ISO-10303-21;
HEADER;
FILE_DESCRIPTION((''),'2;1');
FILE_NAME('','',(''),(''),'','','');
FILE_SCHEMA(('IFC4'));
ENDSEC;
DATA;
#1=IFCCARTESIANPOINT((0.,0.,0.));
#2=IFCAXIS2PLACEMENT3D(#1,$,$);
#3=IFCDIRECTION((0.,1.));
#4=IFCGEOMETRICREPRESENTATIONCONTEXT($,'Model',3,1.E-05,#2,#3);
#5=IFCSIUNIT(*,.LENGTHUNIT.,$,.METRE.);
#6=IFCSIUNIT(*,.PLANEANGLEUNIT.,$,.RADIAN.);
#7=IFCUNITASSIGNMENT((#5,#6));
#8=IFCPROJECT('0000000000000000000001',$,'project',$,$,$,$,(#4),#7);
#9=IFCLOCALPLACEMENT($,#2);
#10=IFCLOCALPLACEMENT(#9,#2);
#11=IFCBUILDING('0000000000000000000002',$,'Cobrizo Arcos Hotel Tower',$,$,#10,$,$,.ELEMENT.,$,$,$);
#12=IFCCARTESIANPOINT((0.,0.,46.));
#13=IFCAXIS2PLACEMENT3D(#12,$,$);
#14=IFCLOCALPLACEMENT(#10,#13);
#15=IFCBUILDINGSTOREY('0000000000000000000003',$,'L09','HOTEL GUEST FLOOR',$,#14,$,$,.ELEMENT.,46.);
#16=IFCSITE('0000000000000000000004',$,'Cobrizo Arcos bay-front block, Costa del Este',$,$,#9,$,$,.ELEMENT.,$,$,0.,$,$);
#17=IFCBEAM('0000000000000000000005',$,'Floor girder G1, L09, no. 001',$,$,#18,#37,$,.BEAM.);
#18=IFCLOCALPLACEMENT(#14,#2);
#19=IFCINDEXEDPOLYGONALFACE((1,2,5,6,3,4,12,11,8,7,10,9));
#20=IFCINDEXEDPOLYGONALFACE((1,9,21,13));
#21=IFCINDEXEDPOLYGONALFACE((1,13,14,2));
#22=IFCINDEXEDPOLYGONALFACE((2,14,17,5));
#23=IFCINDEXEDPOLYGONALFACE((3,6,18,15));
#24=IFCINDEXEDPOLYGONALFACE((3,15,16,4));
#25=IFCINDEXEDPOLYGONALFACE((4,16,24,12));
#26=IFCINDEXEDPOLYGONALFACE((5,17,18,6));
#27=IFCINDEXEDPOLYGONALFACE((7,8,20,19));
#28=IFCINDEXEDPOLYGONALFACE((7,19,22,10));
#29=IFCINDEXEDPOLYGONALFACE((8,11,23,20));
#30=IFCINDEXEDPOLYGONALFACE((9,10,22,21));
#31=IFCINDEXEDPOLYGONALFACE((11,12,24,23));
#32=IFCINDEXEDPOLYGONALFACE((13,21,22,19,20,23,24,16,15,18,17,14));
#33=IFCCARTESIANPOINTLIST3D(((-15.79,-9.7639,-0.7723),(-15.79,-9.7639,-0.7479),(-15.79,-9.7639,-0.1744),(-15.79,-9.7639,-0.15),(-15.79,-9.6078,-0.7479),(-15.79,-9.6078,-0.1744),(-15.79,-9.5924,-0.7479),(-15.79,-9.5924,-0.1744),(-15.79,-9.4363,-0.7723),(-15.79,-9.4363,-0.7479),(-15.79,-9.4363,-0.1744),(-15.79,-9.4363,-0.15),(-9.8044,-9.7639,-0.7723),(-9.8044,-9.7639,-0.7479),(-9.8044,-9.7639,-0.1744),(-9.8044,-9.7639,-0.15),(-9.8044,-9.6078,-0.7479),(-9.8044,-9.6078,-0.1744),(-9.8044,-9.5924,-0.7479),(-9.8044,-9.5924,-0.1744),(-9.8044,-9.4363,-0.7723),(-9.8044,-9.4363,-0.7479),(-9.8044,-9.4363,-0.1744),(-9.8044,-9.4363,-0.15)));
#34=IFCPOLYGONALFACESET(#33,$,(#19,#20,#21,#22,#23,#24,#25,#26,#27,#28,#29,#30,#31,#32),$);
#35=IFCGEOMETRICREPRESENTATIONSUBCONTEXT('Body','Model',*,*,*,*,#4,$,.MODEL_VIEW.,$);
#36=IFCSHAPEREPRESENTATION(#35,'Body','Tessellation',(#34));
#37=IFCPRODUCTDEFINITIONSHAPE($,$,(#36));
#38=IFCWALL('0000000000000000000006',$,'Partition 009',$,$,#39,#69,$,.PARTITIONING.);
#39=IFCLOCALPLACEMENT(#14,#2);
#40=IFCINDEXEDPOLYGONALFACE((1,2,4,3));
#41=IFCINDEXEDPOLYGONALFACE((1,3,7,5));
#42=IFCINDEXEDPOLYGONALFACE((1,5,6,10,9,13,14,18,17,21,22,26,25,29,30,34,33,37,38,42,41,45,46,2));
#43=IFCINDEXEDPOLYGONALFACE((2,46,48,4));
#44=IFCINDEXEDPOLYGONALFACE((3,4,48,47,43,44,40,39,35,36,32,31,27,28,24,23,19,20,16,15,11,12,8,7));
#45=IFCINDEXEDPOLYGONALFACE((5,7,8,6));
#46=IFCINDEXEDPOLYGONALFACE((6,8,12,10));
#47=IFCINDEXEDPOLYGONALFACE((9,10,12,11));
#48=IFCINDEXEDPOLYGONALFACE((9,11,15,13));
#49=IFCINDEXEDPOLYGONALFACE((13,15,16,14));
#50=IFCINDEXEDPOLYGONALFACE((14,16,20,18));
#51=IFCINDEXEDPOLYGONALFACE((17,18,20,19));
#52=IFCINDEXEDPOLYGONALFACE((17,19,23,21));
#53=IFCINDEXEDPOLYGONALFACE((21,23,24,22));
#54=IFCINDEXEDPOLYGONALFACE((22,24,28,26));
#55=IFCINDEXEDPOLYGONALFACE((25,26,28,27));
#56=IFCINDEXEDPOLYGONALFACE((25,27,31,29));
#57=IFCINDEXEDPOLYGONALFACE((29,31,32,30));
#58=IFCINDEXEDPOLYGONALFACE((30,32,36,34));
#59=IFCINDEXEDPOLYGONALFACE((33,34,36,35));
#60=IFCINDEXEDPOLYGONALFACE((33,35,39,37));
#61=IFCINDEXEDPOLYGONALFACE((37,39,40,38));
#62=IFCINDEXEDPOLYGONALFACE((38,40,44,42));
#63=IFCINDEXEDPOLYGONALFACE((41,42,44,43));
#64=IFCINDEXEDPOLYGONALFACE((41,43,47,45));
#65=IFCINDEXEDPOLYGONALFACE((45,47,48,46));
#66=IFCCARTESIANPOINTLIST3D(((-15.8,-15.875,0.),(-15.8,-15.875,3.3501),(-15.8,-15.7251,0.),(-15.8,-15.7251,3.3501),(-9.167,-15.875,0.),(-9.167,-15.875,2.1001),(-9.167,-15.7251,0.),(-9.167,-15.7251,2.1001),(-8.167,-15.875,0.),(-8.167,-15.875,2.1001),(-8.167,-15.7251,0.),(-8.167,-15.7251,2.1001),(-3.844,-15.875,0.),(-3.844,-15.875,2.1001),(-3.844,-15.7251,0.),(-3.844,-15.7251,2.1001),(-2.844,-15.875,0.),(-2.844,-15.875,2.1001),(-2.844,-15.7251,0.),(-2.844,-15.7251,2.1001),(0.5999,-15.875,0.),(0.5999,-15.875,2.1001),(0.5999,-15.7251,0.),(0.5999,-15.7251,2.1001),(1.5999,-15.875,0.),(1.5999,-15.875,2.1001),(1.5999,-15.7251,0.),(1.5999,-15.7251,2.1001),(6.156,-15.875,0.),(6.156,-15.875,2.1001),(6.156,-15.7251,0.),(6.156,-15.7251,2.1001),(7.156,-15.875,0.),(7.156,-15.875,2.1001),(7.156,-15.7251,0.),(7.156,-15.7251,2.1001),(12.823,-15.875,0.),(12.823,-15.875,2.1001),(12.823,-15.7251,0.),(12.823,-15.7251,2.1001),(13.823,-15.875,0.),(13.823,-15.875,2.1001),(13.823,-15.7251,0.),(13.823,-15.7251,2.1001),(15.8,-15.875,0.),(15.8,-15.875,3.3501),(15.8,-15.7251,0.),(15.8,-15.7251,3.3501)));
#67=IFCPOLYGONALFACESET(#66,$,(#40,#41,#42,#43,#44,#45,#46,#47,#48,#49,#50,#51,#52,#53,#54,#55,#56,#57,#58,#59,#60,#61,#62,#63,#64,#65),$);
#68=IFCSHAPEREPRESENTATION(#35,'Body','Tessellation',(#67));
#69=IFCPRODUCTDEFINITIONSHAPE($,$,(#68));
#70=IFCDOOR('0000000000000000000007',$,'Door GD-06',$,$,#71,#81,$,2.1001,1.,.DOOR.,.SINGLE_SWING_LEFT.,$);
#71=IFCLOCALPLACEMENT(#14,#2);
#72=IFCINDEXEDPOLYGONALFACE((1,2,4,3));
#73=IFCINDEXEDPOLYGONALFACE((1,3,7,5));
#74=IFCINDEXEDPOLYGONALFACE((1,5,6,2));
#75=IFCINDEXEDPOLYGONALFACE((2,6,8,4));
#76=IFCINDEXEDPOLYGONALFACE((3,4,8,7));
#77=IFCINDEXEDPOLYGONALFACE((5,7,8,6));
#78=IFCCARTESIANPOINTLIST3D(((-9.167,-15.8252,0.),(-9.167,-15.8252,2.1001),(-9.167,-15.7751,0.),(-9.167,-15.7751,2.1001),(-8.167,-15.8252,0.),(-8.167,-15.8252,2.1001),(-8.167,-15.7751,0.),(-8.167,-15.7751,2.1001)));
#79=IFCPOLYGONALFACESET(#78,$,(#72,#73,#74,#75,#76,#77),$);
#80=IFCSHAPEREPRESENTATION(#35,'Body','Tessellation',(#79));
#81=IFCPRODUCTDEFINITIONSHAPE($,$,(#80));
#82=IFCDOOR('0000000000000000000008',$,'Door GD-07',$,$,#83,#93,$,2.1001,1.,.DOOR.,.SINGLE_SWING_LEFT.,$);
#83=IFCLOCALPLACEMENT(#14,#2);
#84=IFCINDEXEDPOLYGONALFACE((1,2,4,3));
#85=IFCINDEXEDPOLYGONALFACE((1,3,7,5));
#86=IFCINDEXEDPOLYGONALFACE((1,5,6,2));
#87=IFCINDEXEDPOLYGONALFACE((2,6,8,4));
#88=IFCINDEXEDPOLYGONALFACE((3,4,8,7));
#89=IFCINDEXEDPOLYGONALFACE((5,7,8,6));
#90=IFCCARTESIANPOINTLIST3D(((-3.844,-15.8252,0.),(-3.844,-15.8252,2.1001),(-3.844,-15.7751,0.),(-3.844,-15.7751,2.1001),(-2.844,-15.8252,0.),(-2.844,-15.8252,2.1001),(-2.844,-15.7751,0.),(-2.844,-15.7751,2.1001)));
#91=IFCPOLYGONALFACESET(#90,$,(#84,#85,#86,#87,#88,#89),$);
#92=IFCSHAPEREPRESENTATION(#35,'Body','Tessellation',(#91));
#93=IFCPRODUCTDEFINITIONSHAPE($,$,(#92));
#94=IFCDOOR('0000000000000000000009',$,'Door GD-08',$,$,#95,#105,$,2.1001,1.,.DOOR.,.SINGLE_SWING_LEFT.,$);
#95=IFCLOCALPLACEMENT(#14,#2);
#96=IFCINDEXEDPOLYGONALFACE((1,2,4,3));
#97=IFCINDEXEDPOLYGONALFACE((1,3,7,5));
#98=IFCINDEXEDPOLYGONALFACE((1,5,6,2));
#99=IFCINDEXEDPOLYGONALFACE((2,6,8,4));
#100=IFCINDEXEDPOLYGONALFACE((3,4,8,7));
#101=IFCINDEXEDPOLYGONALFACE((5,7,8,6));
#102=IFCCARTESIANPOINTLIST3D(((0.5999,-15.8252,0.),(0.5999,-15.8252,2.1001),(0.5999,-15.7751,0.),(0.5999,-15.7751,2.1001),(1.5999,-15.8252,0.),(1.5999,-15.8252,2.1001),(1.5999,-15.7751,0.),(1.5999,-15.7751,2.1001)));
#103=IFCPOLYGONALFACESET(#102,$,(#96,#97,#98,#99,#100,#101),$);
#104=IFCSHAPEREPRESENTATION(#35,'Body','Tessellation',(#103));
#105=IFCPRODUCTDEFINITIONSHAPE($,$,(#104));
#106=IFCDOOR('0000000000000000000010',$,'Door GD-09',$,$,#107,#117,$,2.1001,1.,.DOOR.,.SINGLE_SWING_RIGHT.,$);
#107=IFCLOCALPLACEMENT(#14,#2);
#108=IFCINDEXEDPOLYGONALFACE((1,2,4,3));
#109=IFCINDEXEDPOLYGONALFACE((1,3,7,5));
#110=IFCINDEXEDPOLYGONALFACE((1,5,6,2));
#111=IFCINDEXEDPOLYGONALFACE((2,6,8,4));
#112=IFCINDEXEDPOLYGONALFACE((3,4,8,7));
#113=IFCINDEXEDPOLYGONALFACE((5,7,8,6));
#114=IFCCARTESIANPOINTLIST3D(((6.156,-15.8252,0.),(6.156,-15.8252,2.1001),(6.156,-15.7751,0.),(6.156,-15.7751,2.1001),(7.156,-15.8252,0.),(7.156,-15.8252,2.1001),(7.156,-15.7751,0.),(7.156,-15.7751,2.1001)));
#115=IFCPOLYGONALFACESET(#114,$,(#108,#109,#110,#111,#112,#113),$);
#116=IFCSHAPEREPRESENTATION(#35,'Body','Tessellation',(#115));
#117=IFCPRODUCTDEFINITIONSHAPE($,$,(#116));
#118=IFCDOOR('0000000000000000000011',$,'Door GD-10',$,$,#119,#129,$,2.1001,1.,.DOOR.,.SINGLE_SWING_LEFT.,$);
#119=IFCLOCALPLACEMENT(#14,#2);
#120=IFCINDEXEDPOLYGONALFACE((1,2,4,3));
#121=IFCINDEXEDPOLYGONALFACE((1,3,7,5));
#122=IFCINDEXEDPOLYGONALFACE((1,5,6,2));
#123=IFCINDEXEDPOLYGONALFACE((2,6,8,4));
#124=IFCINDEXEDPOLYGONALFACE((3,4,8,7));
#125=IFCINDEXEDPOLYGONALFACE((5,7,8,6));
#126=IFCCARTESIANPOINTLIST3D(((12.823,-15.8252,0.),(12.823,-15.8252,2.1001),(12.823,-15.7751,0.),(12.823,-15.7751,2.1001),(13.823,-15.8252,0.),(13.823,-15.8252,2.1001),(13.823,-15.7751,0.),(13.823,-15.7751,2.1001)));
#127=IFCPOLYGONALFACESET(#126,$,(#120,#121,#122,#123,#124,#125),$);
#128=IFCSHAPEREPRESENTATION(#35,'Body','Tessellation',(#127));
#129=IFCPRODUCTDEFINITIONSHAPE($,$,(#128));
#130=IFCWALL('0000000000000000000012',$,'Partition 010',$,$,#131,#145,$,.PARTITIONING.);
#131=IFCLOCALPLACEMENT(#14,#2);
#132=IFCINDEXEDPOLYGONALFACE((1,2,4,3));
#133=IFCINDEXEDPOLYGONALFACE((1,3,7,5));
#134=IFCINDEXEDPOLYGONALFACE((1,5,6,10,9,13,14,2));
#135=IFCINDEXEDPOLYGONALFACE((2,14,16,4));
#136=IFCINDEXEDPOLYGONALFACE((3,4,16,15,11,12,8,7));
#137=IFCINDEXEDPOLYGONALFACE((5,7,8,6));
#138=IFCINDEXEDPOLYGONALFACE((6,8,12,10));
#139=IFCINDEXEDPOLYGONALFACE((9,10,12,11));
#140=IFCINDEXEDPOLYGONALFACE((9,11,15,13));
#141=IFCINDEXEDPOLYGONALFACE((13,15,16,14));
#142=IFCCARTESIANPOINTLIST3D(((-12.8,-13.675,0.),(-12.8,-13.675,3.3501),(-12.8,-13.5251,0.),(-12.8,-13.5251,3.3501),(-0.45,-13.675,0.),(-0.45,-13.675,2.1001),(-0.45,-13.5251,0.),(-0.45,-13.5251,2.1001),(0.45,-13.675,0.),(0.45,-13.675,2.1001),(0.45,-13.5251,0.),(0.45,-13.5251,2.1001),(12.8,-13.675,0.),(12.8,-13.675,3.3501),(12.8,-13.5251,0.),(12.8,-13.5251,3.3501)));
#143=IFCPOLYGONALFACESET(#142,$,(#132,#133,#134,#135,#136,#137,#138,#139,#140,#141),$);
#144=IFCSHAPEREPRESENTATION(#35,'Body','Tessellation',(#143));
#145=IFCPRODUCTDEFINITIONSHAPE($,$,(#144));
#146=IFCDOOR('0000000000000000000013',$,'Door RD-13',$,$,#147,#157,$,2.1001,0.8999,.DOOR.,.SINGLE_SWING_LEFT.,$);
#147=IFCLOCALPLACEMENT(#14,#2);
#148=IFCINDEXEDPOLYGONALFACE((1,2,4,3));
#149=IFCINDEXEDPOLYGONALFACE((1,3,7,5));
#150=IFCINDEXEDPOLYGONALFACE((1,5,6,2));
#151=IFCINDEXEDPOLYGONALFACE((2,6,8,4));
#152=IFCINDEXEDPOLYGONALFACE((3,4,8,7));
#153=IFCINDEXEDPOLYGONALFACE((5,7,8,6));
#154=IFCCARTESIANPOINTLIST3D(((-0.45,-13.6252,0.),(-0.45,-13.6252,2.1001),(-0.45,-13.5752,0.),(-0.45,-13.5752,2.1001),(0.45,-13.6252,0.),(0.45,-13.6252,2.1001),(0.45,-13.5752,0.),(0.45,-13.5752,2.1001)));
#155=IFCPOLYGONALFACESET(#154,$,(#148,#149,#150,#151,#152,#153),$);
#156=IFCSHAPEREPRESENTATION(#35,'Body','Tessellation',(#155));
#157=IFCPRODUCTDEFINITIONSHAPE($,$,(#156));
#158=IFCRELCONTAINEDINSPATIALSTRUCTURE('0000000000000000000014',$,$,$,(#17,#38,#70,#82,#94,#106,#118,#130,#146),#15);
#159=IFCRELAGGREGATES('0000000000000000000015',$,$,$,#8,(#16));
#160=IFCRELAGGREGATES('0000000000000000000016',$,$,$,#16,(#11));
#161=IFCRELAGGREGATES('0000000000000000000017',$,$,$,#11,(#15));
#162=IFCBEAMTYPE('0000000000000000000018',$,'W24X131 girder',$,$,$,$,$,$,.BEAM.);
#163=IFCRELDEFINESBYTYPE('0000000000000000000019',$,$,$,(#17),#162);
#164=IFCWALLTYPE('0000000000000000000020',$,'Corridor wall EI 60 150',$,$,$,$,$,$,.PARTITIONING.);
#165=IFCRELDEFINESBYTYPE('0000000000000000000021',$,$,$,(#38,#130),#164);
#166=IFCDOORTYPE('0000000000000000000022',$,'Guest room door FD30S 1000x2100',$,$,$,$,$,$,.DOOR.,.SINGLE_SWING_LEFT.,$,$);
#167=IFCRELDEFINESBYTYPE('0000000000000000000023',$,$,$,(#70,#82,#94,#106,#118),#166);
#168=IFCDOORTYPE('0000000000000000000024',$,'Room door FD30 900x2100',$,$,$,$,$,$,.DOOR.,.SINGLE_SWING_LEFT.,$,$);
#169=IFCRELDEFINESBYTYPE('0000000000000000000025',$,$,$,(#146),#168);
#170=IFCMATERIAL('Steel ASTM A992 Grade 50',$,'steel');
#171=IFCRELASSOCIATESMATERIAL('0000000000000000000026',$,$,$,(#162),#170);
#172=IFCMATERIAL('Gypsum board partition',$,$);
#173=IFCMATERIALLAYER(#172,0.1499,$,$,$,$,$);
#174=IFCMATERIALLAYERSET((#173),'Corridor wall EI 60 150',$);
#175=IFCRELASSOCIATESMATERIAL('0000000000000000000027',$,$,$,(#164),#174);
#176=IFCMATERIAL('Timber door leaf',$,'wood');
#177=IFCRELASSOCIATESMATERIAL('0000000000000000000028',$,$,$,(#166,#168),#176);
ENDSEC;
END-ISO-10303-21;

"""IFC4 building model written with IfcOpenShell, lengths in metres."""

from ifc_helpers import new_model, si_unit, direction, frame, frame_2d, origin, origin_2d, place, context, subcontext, project, spatial, rectangle, i_section, extrude, material, layer, layer_set, material_profile, profile_set, type_object, element, fill, save


model = new_model("IFC4")

# Units and contexts
model_context = context("Model", 3, precision=1e-05, world=origin(), true_north=direction((0.0, 1.0)))
body_context = subcontext(model_context, "Body", "Model", "MODEL_VIEW")
ifc_project = project(units=[si_unit("LENGTHUNIT", "METRE"), si_unit("PLANEANGLEUNIT", "RADIAN")], contexts=[model_context])

# Site, building, storey
site_placement = place(None, origin())
site = spatial("IfcSite", under=ifc_project, at=site_placement, Name="Cobrizo Arcos bay-front block, Costa del Este", CompositionType="ELEMENT", RefElevation=0.0)
building_placement = place(site_placement, origin())
building = spatial("IfcBuilding", under=site, at=building_placement, Name="Cobrizo Arcos Hotel Tower", CompositionType="ELEMENT")
storey_placement = place(building_placement, frame((0.0, 0.0, 46.0)))
storey = spatial("IfcBuildingStorey", under=building, at=storey_placement, Name="L09", Description="HOTEL GUEST FLOOR", CompositionType="ELEMENT", Elevation=46.0)

# Beam
ifc_material_1 = material(Name="Steel ASTM A992 Grade 50", Category="steel")
ifc_material_profile = material_profile(ifc_material_1, i_section(OverallWidth=0.3276, OverallDepth=0.6223, WebThickness=0.0154, FlangeThickness=0.0244, at=origin_2d()), Name="W24X131")
ifc_profile_set = profile_set([ifc_material_profile], Name="Steel ASTM A992 Grade 50")
beam_type = type_object("IfcBeamType", Name="W24X131 girder", PredefinedType="BEAM", material=ifc_profile_set)
beam_placement = place(storey_placement, frame((-15.79, -9.6001, -0.4612), z_axis=(1.0, 0.0, 0.0), x_axis=(0.0, 1.0, 0.0)))
element("IfcBeam", 1, at=beam_placement, inside=storey, type_object=beam_type, Name="Floor girder G1, L09, no. 001", PredefinedType="BEAM", context=body_context, shape_type="SweptSolid", body=[
    extrude(i_section(OverallWidth=0.3276, OverallDepth=0.6223, WebThickness=0.0154, FlangeThickness=0.0244, at=origin_2d()), origin(), (0.0, 0.0, 1.0), 5.9856),
])

# Wall, openings, doors
ifc_material_2 = material(Name="Gypsum board partition")
ifc_layer_1 = layer(ifc_material_2, 0.1499)
ifc_layer_set_1 = layer_set([ifc_layer_1], Name="Corridor wall EI 60 150")
wall_type_1 = type_object("IfcWallType", Name="Corridor wall EI 60 150", PredefinedType="PARTITIONING", material=ifc_layer_set_1)
wall_1_placement = place(storey_placement, frame((-15.8, -15.8, 0.0), z_axis=(0.0, 0.0, 1.0), x_axis=(1.0, 0.0, 0.0)))
wall_1 = element("IfcWall", 2, at=wall_1_placement, inside=storey, type_object=wall_type_1, Name="Partition 009", PredefinedType="PARTITIONING", context=body_context, shape_type="SweptSolid", body=[
    extrude(rectangle(XDim=31.6001, YDim=0.1499, at=frame_2d((15.8, 0.0))), origin(), (0.0, 0.0, 1.0), 3.3501),
])
opening_1_placement = place(wall_1_placement, frame((6.6331, 0.0, 0.0)))
opening_1 = element("IfcOpeningElement", 3, at=opening_1_placement, cuts=wall_1, PredefinedType="OPENING", context=body_context, shape_type="SweptSolid", body=[
    extrude(rectangle(XDim=1.0, YDim=2.1001, at=frame_2d((0.5, 1.05))), frame((0.0, 0.0869, 0.0), z_axis=(0.0, -1.0, 0.0), x_axis=(1.0, 0.0, 0.0)), (0.0, 0.0, 1.0), 0.1738),
])
opening_2_placement = place(wall_1_placement, frame((11.9561, 0.0, 0.0)))
opening_2 = element("IfcOpeningElement", 4, at=opening_2_placement, cuts=wall_1, PredefinedType="OPENING", context=body_context, shape_type="SweptSolid", body=[
    extrude(rectangle(XDim=1.0, YDim=2.1001, at=frame_2d((0.5, 1.05))), frame((0.0, 0.0869, 0.0), z_axis=(0.0, -1.0, 0.0), x_axis=(1.0, 0.0, 0.0)), (0.0, 0.0, 1.0), 0.1738),
])
opening_3_placement = place(wall_1_placement, frame((16.3999, 0.0, 0.0)))
opening_3 = element("IfcOpeningElement", 5, at=opening_3_placement, cuts=wall_1, PredefinedType="OPENING", context=body_context, shape_type="SweptSolid", body=[
    extrude(rectangle(XDim=1.0, YDim=2.1001, at=frame_2d((0.5, 1.05))), frame((0.0, 0.0869, 0.0), z_axis=(0.0, -1.0, 0.0), x_axis=(1.0, 0.0, 0.0)), (0.0, 0.0, 1.0), 0.1738),
])
opening_4_placement = place(wall_1_placement, frame((21.9561, 0.0, 0.0)))
opening_4 = element("IfcOpeningElement", 6, at=opening_4_placement, cuts=wall_1, PredefinedType="OPENING", context=body_context, shape_type="SweptSolid", body=[
    extrude(rectangle(XDim=1.0, YDim=2.1001, at=frame_2d((0.5, 1.05))), frame((0.0, 0.0869, 0.0), z_axis=(0.0, -1.0, 0.0), x_axis=(1.0, 0.0, 0.0)), (0.0, 0.0, 1.0), 0.1738),
])
opening_5_placement = place(wall_1_placement, frame((28.623, 0.0, 0.0)))
opening_5 = element("IfcOpeningElement", 7, at=opening_5_placement, cuts=wall_1, PredefinedType="OPENING", context=body_context, shape_type="SweptSolid", body=[
    extrude(rectangle(XDim=1.0, YDim=2.1001, at=frame_2d((0.5, 1.05))), frame((0.0, 0.0869, 0.0), z_axis=(0.0, -1.0, 0.0), x_axis=(1.0, 0.0, 0.0)), (0.0, 0.0, 1.0), 0.1738),
])
ifc_material_3 = material(Name="Timber door leaf", Category="wood")
door_type_1 = type_object("IfcDoorType", Name="Guest room door FD30S 1000x2100", OperationType="SINGLE_SWING_LEFT", PredefinedType="DOOR", material=ifc_material_3)
door_1_placement = place(opening_1_placement, origin())
door_1 = element("IfcDoor", 8, at=door_1_placement, inside=storey, type_object=door_type_1, Name="Door GD-06", OperationType="SINGLE_SWING_LEFT", OverallHeight=2.1001, OverallWidth=1.0, PredefinedType="DOOR", context=body_context, shape_type="SweptSolid", body=[
    extrude(rectangle(XDim=1.0, YDim=2.1001, at=frame_2d((0.5, 1.05))), frame((0.0, 0.0249, 0.0), z_axis=(0.0, -1.0, 0.0), x_axis=(1.0, 0.0, 0.0)), (0.0, 0.0, 1.0), 0.05),
])
fill(opening_1, door_1)
door_2_placement = place(opening_2_placement, origin())
door_2 = element("IfcDoor", 9, at=door_2_placement, inside=storey, type_object=door_type_1, Name="Door GD-07", OperationType="SINGLE_SWING_LEFT", OverallHeight=2.1001, OverallWidth=1.0, PredefinedType="DOOR", context=body_context, shape_type="SweptSolid", body=[
    extrude(rectangle(XDim=1.0, YDim=2.1001, at=frame_2d((0.5, 1.05))), frame((0.0, 0.0249, 0.0), z_axis=(0.0, -1.0, 0.0), x_axis=(1.0, 0.0, 0.0)), (0.0, 0.0, 1.0), 0.05),
])
fill(opening_2, door_2)
door_3_placement = place(opening_3_placement, origin())
door_3 = element("IfcDoor", 10, at=door_3_placement, inside=storey, type_object=door_type_1, Name="Door GD-08", OperationType="SINGLE_SWING_LEFT", OverallHeight=2.1001, OverallWidth=1.0, PredefinedType="DOOR", context=body_context, shape_type="SweptSolid", body=[
    extrude(rectangle(XDim=1.0, YDim=2.1001, at=frame_2d((0.5, 1.05))), frame((0.0, 0.0249, 0.0), z_axis=(0.0, -1.0, 0.0), x_axis=(1.0, 0.0, 0.0)), (0.0, 0.0, 1.0), 0.05),
])
fill(opening_3, door_3)
door_4_placement = place(opening_4_placement, origin())
door_4 = element("IfcDoor", 11, at=door_4_placement, inside=storey, type_object=door_type_1, Name="Door GD-09", OperationType="SINGLE_SWING_RIGHT", OverallHeight=2.1001, OverallWidth=1.0, PredefinedType="DOOR", context=body_context, shape_type="SweptSolid", body=[
    extrude(rectangle(XDim=1.0, YDim=2.1001, at=frame_2d((0.5, 1.05))), frame((0.0, 0.0249, 0.0), z_axis=(0.0, -1.0, 0.0), x_axis=(1.0, 0.0, 0.0)), (0.0, 0.0, 1.0), 0.05),
])
fill(opening_4, door_4)
door_5_placement = place(opening_5_placement, origin())
door_5 = element("IfcDoor", 12, at=door_5_placement, inside=storey, type_object=door_type_1, Name="Door GD-10", OperationType="SINGLE_SWING_LEFT", OverallHeight=2.1001, OverallWidth=1.0, PredefinedType="DOOR", context=body_context, shape_type="SweptSolid", body=[
    extrude(rectangle(XDim=1.0, YDim=2.1001, at=frame_2d((0.5, 1.05))), frame((0.0, 0.0249, 0.0), z_axis=(0.0, -1.0, 0.0), x_axis=(1.0, 0.0, 0.0)), (0.0, 0.0, 1.0), 0.05),
])
fill(opening_5, door_5)

# Wall, opening, door
wall_2_placement = place(storey_placement, frame((-12.8, -13.6001, 0.0), z_axis=(0.0, 0.0, 1.0), x_axis=(1.0, 0.0, 0.0)))
wall_2 = element("IfcWall", 13, at=wall_2_placement, inside=storey, type_object=wall_type_1, Name="Partition 010", PredefinedType="PARTITIONING", context=body_context, shape_type="SweptSolid", body=[
    extrude(rectangle(XDim=25.6001, YDim=0.1499, at=frame_2d((12.8, 0.0))), origin(), (0.0, 0.0, 1.0), 3.3501),
])
opening_6_placement = place(wall_2_placement, frame((12.3501, 0.0, 0.0)))
opening_6 = element("IfcOpeningElement", 14, at=opening_6_placement, cuts=wall_2, PredefinedType="OPENING", context=body_context, shape_type="SweptSolid", body=[
    extrude(rectangle(XDim=0.8999, YDim=2.1001, at=frame_2d((0.45, 1.05))), frame((0.0, 0.0869, 0.0), z_axis=(0.0, -1.0, 0.0), x_axis=(1.0, 0.0, 0.0)), (0.0, 0.0, 1.0), 0.1738),
])
door_type_2 = type_object("IfcDoorType", Name="Room door FD30 900x2100", OperationType="SINGLE_SWING_LEFT", PredefinedType="DOOR", material=ifc_material_3)
door_6_placement = place(opening_6_placement, origin())
door_6 = element("IfcDoor", 15, at=door_6_placement, inside=storey, type_object=door_type_2, Name="Door RD-13", OperationType="SINGLE_SWING_LEFT", OverallHeight=2.1001, OverallWidth=0.8999, PredefinedType="DOOR", context=body_context, shape_type="SweptSolid", body=[
    extrude(rectangle(XDim=0.8999, YDim=2.1001, at=frame_2d((0.45, 1.05))), frame((0.0, 0.0249, 0.0), z_axis=(0.0, -1.0, 0.0), x_axis=(1.0, 0.0, 0.0)), (0.0, 0.0, 1.0), 0.05),
])
fill(opening_6, door_6)

save(model, "model.ifc")
